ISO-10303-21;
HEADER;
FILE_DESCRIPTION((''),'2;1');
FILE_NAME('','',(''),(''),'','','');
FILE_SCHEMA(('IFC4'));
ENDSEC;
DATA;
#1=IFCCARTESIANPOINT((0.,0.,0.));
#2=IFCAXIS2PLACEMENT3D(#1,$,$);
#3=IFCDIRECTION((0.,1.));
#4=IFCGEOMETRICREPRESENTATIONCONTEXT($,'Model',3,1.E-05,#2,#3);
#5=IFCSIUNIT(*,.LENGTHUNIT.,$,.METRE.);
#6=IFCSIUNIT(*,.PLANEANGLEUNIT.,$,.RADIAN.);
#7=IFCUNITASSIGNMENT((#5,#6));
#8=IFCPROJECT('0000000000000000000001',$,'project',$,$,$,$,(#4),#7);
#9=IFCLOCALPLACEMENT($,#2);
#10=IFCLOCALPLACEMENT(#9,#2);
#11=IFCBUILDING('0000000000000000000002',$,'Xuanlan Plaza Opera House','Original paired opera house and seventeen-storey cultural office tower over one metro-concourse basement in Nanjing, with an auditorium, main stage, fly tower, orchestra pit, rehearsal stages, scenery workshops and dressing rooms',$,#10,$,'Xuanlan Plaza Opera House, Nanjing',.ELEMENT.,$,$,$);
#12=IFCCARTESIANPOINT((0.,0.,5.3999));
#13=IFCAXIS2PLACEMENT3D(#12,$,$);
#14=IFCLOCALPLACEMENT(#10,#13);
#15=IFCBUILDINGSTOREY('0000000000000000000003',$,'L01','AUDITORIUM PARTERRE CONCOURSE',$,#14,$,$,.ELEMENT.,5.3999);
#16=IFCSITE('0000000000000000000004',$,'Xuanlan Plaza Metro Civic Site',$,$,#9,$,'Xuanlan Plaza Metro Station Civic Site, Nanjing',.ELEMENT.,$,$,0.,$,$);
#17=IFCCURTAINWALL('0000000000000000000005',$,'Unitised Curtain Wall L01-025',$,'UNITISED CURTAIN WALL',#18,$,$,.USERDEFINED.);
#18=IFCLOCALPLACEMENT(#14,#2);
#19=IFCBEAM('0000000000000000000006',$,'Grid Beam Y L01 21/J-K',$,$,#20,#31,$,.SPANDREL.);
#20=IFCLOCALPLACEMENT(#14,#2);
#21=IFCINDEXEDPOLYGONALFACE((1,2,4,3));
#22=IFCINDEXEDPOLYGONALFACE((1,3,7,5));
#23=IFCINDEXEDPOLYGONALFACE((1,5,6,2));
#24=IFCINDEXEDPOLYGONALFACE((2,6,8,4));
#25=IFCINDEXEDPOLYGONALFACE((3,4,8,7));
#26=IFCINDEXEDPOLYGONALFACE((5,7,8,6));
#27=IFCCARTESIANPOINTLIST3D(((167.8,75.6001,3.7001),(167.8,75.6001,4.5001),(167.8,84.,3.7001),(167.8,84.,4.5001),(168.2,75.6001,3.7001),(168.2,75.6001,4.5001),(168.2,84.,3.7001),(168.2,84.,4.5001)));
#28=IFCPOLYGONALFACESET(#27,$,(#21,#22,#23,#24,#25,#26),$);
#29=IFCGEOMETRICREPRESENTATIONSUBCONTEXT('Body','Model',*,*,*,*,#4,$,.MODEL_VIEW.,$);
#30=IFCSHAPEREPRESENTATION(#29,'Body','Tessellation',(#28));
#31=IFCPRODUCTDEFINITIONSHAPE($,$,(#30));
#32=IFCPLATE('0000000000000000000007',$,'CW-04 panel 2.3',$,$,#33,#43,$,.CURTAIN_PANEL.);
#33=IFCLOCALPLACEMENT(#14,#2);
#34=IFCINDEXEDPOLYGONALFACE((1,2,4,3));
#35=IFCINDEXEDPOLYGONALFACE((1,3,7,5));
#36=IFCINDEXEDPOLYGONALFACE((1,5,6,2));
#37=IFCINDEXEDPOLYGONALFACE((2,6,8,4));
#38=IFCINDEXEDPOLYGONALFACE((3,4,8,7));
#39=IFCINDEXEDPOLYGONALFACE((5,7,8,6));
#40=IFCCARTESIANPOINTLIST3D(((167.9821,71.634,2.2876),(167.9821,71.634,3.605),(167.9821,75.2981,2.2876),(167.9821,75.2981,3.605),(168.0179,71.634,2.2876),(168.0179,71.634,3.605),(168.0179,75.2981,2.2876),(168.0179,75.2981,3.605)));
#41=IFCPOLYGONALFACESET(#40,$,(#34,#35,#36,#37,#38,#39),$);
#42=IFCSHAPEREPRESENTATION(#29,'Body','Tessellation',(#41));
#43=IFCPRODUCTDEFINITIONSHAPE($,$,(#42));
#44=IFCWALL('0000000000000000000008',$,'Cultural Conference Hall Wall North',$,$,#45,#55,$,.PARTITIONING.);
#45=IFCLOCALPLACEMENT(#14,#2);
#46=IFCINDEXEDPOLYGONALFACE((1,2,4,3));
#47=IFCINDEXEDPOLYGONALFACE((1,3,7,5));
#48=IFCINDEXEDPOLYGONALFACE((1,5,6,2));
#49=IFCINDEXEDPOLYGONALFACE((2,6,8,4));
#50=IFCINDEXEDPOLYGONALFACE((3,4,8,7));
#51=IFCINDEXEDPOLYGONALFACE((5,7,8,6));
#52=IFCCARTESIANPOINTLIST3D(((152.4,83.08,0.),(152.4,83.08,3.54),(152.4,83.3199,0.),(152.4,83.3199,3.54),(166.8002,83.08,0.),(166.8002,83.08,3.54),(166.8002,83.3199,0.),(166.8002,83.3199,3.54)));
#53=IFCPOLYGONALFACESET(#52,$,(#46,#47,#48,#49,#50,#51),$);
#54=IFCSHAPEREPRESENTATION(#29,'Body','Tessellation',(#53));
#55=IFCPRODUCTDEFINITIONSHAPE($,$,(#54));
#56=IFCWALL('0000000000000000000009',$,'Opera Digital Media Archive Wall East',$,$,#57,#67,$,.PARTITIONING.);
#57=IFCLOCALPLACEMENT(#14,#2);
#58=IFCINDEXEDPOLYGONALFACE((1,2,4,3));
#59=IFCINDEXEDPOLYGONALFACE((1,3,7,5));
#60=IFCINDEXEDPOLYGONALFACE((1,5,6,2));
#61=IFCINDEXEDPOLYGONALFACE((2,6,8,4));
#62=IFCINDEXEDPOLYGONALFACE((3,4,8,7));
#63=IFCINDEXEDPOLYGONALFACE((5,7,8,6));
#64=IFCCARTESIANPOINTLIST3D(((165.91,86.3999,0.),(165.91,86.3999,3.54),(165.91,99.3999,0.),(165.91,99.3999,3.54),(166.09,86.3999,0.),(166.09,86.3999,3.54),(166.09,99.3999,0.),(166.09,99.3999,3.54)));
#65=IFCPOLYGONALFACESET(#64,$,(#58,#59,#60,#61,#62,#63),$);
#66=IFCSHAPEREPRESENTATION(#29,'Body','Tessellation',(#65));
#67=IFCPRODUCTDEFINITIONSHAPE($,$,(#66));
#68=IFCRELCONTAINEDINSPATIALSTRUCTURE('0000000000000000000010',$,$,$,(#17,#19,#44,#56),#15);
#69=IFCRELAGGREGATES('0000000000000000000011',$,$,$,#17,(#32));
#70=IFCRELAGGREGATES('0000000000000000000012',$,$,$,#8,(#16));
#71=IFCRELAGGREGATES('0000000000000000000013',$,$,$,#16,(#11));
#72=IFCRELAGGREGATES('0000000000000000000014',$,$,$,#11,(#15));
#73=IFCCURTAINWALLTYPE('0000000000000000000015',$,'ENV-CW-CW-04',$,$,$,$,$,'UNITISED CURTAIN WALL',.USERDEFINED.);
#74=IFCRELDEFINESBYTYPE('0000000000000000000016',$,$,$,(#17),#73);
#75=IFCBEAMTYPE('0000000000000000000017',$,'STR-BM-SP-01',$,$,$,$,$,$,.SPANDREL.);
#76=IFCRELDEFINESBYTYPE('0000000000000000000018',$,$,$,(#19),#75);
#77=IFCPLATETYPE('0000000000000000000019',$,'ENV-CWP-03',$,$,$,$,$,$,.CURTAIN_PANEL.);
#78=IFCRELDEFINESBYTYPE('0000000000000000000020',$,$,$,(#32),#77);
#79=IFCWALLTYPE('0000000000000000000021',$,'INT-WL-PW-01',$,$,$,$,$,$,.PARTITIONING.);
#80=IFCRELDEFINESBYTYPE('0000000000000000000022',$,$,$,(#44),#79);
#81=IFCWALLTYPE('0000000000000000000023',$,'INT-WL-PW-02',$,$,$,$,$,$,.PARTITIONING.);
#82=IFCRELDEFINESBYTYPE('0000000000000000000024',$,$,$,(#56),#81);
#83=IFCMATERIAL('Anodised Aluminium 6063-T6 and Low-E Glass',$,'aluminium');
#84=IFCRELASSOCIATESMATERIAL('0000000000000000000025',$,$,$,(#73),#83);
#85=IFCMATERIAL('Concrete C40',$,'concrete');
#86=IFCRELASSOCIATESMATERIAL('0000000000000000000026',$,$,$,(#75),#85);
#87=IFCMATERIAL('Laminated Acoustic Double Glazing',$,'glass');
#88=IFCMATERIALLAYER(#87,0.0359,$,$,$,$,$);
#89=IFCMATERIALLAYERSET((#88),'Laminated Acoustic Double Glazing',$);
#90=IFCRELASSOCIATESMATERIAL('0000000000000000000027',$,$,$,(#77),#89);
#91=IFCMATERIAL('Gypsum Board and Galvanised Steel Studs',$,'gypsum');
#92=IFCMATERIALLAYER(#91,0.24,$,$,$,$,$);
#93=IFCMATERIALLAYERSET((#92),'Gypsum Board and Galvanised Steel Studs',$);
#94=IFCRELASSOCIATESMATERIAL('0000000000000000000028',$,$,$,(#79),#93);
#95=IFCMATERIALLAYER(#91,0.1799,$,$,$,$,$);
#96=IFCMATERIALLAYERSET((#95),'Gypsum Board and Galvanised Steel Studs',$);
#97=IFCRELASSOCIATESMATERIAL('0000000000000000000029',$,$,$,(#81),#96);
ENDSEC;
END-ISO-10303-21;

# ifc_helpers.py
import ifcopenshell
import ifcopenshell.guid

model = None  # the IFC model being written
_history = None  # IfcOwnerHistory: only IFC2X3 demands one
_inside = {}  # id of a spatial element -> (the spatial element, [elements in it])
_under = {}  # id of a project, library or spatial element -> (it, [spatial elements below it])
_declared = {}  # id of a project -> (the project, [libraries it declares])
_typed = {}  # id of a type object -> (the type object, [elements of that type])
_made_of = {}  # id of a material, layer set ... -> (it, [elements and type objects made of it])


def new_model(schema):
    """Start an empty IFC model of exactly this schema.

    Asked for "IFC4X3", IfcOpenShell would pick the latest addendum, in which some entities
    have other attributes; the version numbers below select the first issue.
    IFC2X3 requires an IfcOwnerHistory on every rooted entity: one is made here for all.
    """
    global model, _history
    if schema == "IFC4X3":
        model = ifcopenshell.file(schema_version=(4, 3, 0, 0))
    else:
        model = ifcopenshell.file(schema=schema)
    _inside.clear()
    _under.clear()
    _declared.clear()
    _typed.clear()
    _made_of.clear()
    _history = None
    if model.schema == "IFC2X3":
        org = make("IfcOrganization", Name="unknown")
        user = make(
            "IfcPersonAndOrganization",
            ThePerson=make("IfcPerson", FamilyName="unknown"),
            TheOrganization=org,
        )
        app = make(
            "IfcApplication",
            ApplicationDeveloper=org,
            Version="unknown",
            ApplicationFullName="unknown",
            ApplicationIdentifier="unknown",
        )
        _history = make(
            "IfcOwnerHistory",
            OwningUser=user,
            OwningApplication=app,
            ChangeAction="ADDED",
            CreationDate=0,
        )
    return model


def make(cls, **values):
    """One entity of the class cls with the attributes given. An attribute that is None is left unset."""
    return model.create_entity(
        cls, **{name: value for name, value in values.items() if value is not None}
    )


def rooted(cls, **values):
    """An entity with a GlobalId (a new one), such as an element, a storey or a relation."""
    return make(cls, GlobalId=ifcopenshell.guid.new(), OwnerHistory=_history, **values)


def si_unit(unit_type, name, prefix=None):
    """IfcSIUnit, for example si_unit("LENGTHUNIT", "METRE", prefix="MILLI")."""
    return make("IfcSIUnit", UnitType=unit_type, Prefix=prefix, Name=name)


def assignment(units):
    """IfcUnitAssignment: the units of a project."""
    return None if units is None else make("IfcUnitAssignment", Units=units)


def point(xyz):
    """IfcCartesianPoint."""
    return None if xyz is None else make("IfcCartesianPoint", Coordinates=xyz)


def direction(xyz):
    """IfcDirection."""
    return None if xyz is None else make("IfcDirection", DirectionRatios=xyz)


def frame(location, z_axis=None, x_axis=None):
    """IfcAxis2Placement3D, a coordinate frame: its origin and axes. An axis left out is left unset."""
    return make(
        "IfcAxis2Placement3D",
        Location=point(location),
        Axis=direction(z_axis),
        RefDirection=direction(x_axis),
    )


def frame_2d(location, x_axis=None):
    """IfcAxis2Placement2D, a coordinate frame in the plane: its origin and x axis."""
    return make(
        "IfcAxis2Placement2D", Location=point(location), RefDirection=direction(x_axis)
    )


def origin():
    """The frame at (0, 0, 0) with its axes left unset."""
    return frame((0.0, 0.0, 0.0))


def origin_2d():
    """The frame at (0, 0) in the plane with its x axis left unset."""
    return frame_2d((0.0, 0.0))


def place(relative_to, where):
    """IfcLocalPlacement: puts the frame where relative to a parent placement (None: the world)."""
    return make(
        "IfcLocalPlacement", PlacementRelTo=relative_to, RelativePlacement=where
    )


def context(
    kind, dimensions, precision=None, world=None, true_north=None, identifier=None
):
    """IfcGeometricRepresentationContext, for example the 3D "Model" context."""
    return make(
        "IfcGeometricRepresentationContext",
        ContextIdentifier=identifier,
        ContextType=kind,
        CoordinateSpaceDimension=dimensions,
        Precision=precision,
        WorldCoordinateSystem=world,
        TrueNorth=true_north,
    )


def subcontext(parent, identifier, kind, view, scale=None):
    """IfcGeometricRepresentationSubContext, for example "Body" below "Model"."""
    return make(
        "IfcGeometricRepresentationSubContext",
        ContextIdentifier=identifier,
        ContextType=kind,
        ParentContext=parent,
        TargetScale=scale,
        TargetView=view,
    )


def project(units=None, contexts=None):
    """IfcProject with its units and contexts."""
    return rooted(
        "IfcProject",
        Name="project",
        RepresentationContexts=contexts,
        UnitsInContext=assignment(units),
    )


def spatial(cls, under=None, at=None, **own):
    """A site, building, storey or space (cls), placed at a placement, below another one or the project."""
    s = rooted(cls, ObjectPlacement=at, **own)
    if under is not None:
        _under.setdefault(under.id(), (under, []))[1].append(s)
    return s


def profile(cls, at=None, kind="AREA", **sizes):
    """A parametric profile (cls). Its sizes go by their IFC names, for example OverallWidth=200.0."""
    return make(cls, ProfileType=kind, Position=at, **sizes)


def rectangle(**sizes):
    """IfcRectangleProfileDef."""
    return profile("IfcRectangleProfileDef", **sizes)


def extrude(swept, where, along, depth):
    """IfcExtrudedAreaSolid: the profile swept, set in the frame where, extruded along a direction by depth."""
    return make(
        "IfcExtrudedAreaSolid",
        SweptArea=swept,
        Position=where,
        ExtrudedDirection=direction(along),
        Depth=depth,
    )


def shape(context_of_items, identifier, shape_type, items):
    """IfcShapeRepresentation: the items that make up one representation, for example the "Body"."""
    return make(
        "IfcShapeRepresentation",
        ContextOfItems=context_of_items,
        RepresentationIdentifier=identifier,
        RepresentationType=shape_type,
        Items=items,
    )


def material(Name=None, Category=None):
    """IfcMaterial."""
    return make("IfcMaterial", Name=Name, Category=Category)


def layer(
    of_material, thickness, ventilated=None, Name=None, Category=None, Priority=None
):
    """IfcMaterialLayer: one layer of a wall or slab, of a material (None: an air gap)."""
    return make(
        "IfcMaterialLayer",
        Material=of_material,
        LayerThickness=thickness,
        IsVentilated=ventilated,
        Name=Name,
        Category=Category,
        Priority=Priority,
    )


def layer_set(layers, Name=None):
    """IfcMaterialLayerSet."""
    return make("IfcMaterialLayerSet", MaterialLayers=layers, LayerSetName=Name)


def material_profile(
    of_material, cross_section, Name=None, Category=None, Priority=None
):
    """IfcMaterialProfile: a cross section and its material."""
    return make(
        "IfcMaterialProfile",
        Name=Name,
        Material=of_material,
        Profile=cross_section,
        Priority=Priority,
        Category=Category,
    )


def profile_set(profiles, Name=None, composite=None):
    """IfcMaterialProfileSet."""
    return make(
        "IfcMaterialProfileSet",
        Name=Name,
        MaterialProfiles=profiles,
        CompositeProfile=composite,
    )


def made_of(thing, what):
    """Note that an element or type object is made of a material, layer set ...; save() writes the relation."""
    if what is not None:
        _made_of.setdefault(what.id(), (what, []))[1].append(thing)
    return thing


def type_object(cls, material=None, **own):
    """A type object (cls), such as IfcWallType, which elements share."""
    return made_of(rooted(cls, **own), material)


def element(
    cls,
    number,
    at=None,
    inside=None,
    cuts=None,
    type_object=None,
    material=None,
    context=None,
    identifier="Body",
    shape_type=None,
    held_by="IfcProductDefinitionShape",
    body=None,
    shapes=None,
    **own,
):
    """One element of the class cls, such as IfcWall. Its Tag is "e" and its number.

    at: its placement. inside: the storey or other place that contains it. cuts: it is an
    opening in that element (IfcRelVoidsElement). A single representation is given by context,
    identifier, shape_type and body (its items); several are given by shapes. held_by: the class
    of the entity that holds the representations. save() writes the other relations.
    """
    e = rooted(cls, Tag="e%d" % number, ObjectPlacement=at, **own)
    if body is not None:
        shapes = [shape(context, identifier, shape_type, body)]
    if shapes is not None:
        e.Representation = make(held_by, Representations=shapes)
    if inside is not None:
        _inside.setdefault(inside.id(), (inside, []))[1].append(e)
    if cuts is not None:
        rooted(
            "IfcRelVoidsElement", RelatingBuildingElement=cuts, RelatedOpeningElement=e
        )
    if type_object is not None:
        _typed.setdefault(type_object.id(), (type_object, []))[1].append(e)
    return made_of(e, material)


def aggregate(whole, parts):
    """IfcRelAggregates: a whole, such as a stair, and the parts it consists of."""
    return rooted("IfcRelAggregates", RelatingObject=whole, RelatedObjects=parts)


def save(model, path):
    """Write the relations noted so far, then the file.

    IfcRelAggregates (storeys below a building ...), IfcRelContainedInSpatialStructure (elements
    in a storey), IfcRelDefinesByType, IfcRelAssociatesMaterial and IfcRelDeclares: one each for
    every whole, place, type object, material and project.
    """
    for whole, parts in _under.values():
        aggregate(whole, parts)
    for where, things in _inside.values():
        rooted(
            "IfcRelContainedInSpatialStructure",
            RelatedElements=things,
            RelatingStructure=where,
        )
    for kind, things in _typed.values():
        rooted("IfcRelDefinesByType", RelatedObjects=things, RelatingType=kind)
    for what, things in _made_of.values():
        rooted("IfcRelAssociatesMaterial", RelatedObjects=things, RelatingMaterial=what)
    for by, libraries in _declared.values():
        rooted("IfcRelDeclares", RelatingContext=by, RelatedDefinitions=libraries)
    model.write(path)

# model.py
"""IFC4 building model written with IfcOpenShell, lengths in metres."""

from ifc_helpers import new_model, si_unit, direction, frame, frame_2d, origin, origin_2d, place, context, subcontext, project, spatial, rectangle, extrude, material, layer, layer_set, material_profile, profile_set, type_object, element, aggregate, save


model = new_model("IFC4")

# Units and contexts
model_context = context("Model", 3, precision=1e-05, world=origin(), true_north=direction((0.0, 1.0)))
body_context = subcontext(model_context, "Body", "Model", "MODEL_VIEW")
ifc_project = project(units=[si_unit("LENGTHUNIT", "METRE"), si_unit("PLANEANGLEUNIT", "RADIAN")], contexts=[model_context])

# Site, building, storey
site_placement = place(None, origin())
site = spatial("IfcSite", under=ifc_project, at=site_placement, Name="Xuanlan Plaza Metro Civic Site", LongName="Xuanlan Plaza Metro Station Civic Site, Nanjing", CompositionType="ELEMENT", RefElevation=0.0)
building_placement = place(site_placement, origin())
building = spatial("IfcBuilding", under=site, at=building_placement, Name="Xuanlan Plaza Opera House", Description="Original paired opera house and seventeen-storey cultural office tower over one metro-concourse basement in Nanjing, with an auditorium, main stage, fly tower, orchestra pit, rehearsal stages, scenery workshops and dressing rooms", LongName="Xuanlan Plaza Opera House, Nanjing", CompositionType="ELEMENT")
storey_placement = place(building_placement, frame((0.0, 0.0, 5.3999)))
storey = spatial("IfcBuildingStorey", under=building, at=storey_placement, Name="L01", Description="AUDITORIUM PARTERRE CONCOURSE", CompositionType="ELEMENT", Elevation=5.3999)

# Shared definitions
ifc_material_1 = material(Name="Concrete C40", Category="concrete")

# Curtain wall
ifc_material_2 = material(Name="Anodised Aluminium 6063-T6 and Low-E Glass", Category="aluminium")
curtain_wall_type_1 = type_object("IfcCurtainWallType", Name="ENV-CW-CW-04", ElementType="UNITISED CURTAIN WALL", PredefinedType="USERDEFINED", material=ifc_material_2)
curtain_wall_1_placement = place(storey_placement, origin())
curtain_wall_1 = element("IfcCurtainWall", 1, at=curtain_wall_1_placement, inside=storey, type_object=curtain_wall_type_1, Name="Unitised Curtain Wall L01-025", ObjectType="UNITISED CURTAIN WALL", PredefinedType="USERDEFINED")

# Beam
ifc_material_profile_1 = material_profile(ifc_material_1, rectangle(XDim=0.3999, YDim=0.8, at=origin_2d()), Name="RC-SPD 400x800")
ifc_profile_set_1 = profile_set([ifc_material_profile_1], Name="Concrete C40")
beam_type_1 = type_object("IfcBeamType", Name="STR-BM-SP-01", PredefinedType="SPANDREL", material=ifc_profile_set_1)
beam_1_placement = place(storey_placement, frame((168.0, 75.6001, 4.1001), z_axis=(0.0, 1.0, 0.0), x_axis=(-1.0, 0.0, 0.0)))
element("IfcBeam", 2, at=beam_1_placement, inside=storey, type_object=beam_type_1, Name="Grid Beam Y L01 21/J-K", PredefinedType="SPANDREL", context=body_context, shape_type="SweptSolid", body=[
    extrude(rectangle(XDim=0.3999, YDim=0.8, at=origin_2d()), origin(), (0.0, 0.0, 1.0), 8.3999),
])

# Plate
ifc_material_3 = material(Name="Laminated Acoustic Double Glazing", Category="glass")
ifc_layer_1 = layer(ifc_material_3, 0.0359)
ifc_layer_set_1 = layer_set([ifc_layer_1], Name="Laminated Acoustic Double Glazing")
plate_type = type_object("IfcPlateType", Name="ENV-CWP-03", PredefinedType="CURTAIN_PANEL", material=ifc_layer_set_1)
plate_placement = place(storey_placement, frame((168.0, 73.4661, 2.2876), z_axis=(0.0, 0.0, 1.0), x_axis=(0.0, 1.0, 0.0)))
plate = element("IfcPlate", 3, at=plate_placement, type_object=plate_type, Name="CW-04 panel 2.3", PredefinedType="CURTAIN_PANEL", context=body_context, shape_type="SweptSolid", body=[
    extrude(rectangle(XDim=3.6641, YDim=0.0359, at=origin_2d()), origin(), (0.0, 0.0, 1.0), 1.3174),
])
aggregate(curtain_wall_1, [plate])

# Walls
ifc_material_4 = material(Name="Gypsum Board and Galvanised Steel Studs", Category="gypsum")
ifc_layer_2 = layer(ifc_material_4, 0.24)
ifc_layer_set_2 = layer_set([ifc_layer_2], Name="Gypsum Board and Galvanised Steel Studs")
wall_type_1 = type_object("IfcWallType", Name="INT-WL-PW-01", PredefinedType="PARTITIONING", material=ifc_layer_set_2)
wall_1_placement = place(storey_placement, frame((152.3999, 83.2, 0.0), z_axis=(0.0, 0.0, 1.0), x_axis=(1.0, 0.0, 0.0)))
element("IfcWall", 4, at=wall_1_placement, inside=storey, type_object=wall_type_1, Name="Cultural Conference Hall Wall North", PredefinedType="PARTITIONING", context=body_context, shape_type="SweptSolid", body=[
    extrude(rectangle(XDim=14.4001, YDim=0.24, at=frame_2d((7.2002, 0.0))), origin(), (0.0, 0.0, 1.0), 3.54),
])
ifc_layer_3 = layer(ifc_material_4, 0.1799)
ifc_layer_set_3 = layer_set([ifc_layer_3], Name="Gypsum Board and Galvanised Steel Studs")
wall_type_2 = type_object("IfcWallType", Name="INT-WL-PW-02", PredefinedType="PARTITIONING", material=ifc_layer_set_3)
wall_2_placement = place(storey_placement, frame((166.0, 86.3999, 0.0), z_axis=(0.0, 0.0, 1.0), x_axis=(0.0, 1.0, 0.0)))
element("IfcWall", 5, at=wall_2_placement, inside=storey, type_object=wall_type_2, Name="Opera Digital Media Archive Wall East", PredefinedType="PARTITIONING", context=body_context, shape_type="SweptSolid", body=[
    extrude(rectangle(XDim=13.0, YDim=0.1799, at=frame_2d((6.5, 0.0))), origin(), (0.0, 0.0, 1.0), 3.54),
])

save(model, "model.ifc")
